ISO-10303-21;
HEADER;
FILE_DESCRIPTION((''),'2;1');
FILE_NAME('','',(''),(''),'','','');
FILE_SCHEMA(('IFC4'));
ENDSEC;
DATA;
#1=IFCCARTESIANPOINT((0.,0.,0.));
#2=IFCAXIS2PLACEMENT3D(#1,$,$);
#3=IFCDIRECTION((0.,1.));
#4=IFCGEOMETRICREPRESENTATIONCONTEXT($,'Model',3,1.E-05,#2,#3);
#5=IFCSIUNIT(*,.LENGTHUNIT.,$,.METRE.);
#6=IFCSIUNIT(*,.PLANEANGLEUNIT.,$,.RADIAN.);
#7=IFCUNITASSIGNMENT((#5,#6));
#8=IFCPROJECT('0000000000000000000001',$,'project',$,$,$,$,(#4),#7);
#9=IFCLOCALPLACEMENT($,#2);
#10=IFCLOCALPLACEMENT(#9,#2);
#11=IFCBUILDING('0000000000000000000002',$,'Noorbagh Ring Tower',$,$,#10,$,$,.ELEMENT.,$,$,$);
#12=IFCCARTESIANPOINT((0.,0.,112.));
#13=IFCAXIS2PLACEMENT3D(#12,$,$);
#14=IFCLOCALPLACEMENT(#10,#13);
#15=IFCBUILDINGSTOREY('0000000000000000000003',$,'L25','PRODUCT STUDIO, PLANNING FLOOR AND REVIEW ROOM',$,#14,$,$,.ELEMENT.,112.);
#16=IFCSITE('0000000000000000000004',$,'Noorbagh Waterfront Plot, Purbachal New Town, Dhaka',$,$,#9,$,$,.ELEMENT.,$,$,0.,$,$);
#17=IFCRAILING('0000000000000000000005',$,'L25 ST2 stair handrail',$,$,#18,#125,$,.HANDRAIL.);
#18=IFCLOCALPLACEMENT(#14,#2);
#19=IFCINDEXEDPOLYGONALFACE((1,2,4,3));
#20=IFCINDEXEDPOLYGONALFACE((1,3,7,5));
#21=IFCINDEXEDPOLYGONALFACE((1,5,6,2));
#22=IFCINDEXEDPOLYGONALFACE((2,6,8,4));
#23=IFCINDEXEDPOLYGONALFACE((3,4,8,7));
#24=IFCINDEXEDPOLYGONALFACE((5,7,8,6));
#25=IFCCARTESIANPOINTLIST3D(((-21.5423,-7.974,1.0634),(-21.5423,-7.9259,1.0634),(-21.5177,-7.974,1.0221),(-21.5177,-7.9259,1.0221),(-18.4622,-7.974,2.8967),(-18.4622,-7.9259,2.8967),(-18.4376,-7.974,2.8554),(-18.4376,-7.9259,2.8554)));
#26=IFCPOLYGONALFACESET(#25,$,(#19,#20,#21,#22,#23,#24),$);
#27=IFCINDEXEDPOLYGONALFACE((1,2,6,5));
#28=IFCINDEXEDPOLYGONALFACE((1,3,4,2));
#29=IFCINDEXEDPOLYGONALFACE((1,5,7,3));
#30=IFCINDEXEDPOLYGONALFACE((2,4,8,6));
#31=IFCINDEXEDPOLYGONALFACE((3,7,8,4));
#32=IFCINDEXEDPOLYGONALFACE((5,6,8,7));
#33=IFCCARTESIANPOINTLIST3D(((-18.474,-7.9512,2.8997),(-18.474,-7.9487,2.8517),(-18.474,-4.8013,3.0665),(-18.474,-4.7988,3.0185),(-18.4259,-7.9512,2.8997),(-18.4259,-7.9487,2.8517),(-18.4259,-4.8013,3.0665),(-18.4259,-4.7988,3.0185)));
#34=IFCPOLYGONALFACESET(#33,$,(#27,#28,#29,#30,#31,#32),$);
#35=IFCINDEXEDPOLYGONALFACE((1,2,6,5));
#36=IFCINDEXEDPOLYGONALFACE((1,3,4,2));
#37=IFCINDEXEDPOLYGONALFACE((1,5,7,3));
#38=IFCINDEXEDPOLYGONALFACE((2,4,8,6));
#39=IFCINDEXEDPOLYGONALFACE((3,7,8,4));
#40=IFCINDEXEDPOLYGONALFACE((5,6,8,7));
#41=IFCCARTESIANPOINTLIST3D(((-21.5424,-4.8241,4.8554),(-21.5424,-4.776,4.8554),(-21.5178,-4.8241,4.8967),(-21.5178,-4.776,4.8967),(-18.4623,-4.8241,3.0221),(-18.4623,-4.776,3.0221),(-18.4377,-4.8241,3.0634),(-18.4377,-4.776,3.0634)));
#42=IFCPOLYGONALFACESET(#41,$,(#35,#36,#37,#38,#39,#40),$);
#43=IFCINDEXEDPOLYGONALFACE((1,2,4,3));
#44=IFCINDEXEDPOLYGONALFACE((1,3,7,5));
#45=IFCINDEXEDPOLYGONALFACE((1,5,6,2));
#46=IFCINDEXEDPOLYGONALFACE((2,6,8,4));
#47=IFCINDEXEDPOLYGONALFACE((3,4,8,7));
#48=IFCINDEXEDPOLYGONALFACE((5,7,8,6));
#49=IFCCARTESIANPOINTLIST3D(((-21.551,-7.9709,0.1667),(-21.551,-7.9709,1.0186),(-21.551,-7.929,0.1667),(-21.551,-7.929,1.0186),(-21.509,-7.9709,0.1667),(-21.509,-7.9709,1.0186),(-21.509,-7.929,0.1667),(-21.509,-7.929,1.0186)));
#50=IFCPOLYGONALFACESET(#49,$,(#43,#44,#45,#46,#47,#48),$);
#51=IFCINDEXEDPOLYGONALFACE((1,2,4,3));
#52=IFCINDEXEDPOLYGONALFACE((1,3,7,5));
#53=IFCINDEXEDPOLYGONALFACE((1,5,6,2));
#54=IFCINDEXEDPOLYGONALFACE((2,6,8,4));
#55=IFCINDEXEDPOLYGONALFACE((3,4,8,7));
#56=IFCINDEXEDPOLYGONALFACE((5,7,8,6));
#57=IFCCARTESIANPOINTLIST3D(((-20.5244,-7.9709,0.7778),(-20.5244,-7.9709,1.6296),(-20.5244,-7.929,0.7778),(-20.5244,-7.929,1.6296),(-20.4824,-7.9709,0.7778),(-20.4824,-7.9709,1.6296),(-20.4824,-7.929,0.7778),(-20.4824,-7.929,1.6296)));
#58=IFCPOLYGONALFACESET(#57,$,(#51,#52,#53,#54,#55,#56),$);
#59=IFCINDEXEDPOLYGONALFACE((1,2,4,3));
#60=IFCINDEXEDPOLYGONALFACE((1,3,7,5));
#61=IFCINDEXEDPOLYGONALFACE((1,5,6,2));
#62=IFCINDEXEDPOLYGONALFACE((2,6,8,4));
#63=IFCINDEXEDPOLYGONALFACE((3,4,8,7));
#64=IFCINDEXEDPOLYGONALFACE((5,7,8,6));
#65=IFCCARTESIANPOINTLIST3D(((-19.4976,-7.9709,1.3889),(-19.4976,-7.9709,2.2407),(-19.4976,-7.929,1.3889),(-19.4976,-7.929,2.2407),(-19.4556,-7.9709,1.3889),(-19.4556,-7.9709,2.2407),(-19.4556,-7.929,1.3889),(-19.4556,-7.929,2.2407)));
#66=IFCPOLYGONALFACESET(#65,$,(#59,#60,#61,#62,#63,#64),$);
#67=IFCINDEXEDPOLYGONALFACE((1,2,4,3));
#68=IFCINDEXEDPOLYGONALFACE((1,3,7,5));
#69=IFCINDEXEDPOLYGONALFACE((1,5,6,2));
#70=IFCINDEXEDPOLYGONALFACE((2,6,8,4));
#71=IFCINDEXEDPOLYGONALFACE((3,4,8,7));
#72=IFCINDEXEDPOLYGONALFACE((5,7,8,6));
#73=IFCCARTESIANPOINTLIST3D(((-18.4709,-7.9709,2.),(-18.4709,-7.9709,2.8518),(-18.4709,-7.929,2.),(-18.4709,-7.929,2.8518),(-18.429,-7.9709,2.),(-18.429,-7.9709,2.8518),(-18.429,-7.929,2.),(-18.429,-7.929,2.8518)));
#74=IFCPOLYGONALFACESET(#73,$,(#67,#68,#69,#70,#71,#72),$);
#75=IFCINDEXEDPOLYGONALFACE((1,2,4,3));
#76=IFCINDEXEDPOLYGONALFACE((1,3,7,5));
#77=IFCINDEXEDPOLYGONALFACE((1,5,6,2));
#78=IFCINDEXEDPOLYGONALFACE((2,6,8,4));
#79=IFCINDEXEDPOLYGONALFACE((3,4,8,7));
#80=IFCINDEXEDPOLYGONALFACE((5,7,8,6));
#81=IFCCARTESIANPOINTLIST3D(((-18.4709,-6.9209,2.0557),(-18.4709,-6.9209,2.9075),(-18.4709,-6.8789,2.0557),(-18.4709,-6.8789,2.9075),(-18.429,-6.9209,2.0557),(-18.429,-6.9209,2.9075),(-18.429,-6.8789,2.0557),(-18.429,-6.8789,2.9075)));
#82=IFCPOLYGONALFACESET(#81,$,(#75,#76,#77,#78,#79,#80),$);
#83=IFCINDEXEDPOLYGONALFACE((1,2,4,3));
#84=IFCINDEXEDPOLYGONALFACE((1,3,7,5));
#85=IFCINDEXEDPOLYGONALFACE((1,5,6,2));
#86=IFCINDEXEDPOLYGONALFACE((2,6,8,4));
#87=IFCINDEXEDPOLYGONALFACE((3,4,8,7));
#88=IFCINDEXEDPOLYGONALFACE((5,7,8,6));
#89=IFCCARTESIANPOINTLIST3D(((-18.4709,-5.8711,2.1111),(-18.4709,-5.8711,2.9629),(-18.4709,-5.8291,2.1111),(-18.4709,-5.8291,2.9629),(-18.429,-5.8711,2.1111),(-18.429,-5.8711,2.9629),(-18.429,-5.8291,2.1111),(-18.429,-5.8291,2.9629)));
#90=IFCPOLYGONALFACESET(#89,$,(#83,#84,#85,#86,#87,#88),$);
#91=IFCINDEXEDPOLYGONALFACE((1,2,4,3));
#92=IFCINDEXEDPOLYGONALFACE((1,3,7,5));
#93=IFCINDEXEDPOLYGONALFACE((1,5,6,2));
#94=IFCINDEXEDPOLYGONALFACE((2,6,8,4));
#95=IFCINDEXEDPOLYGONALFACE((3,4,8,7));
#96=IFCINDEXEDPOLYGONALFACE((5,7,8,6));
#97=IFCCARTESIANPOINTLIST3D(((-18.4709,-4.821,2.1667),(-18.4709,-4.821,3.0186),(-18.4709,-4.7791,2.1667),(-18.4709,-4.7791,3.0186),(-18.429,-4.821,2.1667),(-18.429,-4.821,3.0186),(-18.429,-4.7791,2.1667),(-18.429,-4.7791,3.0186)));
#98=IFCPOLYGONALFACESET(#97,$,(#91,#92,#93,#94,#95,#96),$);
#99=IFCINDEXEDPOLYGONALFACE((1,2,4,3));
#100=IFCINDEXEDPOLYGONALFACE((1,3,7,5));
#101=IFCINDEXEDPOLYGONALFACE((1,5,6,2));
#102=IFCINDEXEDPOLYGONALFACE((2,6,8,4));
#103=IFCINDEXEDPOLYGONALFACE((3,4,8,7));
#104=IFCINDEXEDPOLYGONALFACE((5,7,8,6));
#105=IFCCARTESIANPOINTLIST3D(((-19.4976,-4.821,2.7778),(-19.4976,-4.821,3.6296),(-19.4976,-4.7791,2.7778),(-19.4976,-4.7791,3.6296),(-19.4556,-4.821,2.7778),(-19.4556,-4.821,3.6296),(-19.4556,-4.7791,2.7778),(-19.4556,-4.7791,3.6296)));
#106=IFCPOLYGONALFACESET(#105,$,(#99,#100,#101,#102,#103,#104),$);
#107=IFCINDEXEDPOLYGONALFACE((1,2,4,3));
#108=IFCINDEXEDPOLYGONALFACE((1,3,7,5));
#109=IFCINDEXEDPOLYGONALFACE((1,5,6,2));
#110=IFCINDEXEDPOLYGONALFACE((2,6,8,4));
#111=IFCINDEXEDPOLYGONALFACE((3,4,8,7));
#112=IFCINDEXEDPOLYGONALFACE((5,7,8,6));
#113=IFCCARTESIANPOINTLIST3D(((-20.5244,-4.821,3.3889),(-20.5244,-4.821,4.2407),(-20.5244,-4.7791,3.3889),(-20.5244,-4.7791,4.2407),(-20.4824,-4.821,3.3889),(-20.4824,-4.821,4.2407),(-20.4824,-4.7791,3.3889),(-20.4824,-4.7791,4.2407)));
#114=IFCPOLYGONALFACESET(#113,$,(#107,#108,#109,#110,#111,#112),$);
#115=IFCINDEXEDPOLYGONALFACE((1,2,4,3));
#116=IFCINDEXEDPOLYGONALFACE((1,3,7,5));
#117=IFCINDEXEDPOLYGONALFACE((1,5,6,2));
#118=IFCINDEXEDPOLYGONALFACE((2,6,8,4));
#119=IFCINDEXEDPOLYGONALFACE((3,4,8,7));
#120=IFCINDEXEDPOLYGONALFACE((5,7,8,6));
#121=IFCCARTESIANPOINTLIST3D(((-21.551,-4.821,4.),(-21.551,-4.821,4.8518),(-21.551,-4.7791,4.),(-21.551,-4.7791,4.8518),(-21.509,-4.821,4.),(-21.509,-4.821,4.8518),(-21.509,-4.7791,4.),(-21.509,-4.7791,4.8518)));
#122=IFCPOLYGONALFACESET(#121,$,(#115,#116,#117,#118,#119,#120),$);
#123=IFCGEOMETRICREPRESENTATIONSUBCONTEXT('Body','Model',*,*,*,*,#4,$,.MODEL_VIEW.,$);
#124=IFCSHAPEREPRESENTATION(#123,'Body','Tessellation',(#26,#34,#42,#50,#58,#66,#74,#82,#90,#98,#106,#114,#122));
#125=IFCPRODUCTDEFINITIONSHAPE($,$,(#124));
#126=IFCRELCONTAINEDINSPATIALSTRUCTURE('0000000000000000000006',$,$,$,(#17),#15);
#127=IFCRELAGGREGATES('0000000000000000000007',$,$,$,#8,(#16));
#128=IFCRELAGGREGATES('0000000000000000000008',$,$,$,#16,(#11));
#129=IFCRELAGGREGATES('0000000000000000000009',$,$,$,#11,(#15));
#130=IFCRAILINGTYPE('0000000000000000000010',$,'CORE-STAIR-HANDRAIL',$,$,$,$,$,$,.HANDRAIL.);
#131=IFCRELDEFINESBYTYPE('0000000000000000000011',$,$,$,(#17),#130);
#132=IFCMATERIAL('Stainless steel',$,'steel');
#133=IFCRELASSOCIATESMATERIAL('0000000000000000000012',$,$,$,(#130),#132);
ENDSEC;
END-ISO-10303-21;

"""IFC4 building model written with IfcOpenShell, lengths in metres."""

from ifc_helpers import new_model, si_unit, direction, frame, origin, origin_2d, place, context, subcontext, project, spatial, rectangle, extrude, material, type_object, element, save


model = new_model("IFC4")

# Units and contexts
model_context = context("Model", 3, precision=1e-05, world=origin(), true_north=direction((0.0, 1.0)))
body_context = subcontext(model_context, "Body", "Model", "MODEL_VIEW")
ifc_project = project(units=[si_unit("LENGTHUNIT", "METRE"), si_unit("PLANEANGLEUNIT", "RADIAN")], contexts=[model_context])

# Site, building, storey
site_placement = place(None, origin())
site = spatial("IfcSite", under=ifc_project, at=site_placement, Name="Noorbagh Waterfront Plot, Purbachal New Town, Dhaka", CompositionType="ELEMENT", RefElevation=0.0)
building_placement = place(site_placement, origin())
building = spatial("IfcBuilding", under=site, at=building_placement, Name="Noorbagh Ring Tower", CompositionType="ELEMENT")
storey_placement = place(building_placement, frame((0.0, 0.0, 112.0)))
storey = spatial("IfcBuildingStorey", under=building, at=storey_placement, Name="L25", Description="PRODUCT STUDIO, PLANNING FLOOR AND REVIEW ROOM", CompositionType="ELEMENT", Elevation=112.0)

# Railing
ifc_material_1 = material(Name="Stainless steel", Category="steel")
railing_type_1 = type_object("IfcRailingType", Name="CORE-STAIR-HANDRAIL", PredefinedType="HANDRAIL", material=ifc_material_1)
railing_1_placement = place(storey_placement, frame((-21.53, -7.95, 0.1667)))
element("IfcRailing", 1, at=railing_1_placement, inside=storey, type_object=railing_type_1, Name="L25 ST2 stair handrail", PredefinedType="HANDRAIL", context=body_context, shape_type="SweptSolid", body=[
    extrude(rectangle(XDim=0.0481, YDim=0.0481, at=origin_2d()), frame((0.0, 0.0, 0.876), z_axis=(0.859309, 0.0, 0.511458), x_axis=(0.0, 1.0, 0.0)), (0.0, 0.0, 1.0), 3.5845),
    extrude(rectangle(XDim=0.0481, YDim=0.0481, at=origin_2d()), frame((3.0801, 0.0, 2.709), z_axis=(0.0, 0.998602, 0.052864), x_axis=(-1.0, 0.0, 0.0)), (0.0, 0.0, 1.0), 3.1543),
    extrude(rectangle(XDim=0.0481, YDim=0.0481, at=origin_2d()), frame((3.0801, 3.1499, 2.876), z_axis=(-0.859309, 0.0, 0.511458), x_axis=(0.0, -1.0, 0.0)), (0.0, 0.0, 1.0), 3.5845),
    extrude(rectangle(XDim=0.042, YDim=0.042, at=origin_2d()), origin(), (0.0, 0.0, 1.0), 0.8518),
    extrude(rectangle(XDim=0.042, YDim=0.042, at=origin_2d()), frame((1.0266, 0.0, 0.6111)), (0.0, 0.0, 1.0), 0.8518),
    extrude(rectangle(XDim=0.042, YDim=0.042, at=origin_2d()), frame((2.0535, 0.0, 1.2222)), (0.0, 0.0, 1.0), 0.8518),
    extrude(rectangle(XDim=0.042, YDim=0.042, at=origin_2d()), frame((3.0801, 0.0, 1.8333)), (0.0, 0.0, 1.0), 0.8518),
    extrude(rectangle(XDim=0.042, YDim=0.042, at=origin_2d()), frame((3.0801, 1.05, 1.8889)), (0.0, 0.0, 1.0), 0.8518),
    extrude(rectangle(XDim=0.042, YDim=0.042, at=origin_2d()), frame((3.0801, 2.0999, 1.9443)), (0.0, 0.0, 1.0), 0.8518),
    extrude(rectangle(XDim=0.042, YDim=0.042, at=origin_2d()), frame((3.0801, 3.1499, 2.0)), (0.0, 0.0, 1.0), 0.8518),
    extrude(rectangle(XDim=0.042, YDim=0.042, at=origin_2d()), frame((2.0535, 3.1499, 2.6111)), (0.0, 0.0, 1.0), 0.8518),
    extrude(rectangle(XDim=0.042, YDim=0.042, at=origin_2d()), frame((1.0266, 3.1499, 3.2222)), (0.0, 0.0, 1.0), 0.8518),
    extrude(rectangle(XDim=0.042, YDim=0.042, at=origin_2d()), frame((0.0, 3.1499, 3.8333)), (0.0, 0.0, 1.0), 0.8518),
])

save(model, "model.ifc")
